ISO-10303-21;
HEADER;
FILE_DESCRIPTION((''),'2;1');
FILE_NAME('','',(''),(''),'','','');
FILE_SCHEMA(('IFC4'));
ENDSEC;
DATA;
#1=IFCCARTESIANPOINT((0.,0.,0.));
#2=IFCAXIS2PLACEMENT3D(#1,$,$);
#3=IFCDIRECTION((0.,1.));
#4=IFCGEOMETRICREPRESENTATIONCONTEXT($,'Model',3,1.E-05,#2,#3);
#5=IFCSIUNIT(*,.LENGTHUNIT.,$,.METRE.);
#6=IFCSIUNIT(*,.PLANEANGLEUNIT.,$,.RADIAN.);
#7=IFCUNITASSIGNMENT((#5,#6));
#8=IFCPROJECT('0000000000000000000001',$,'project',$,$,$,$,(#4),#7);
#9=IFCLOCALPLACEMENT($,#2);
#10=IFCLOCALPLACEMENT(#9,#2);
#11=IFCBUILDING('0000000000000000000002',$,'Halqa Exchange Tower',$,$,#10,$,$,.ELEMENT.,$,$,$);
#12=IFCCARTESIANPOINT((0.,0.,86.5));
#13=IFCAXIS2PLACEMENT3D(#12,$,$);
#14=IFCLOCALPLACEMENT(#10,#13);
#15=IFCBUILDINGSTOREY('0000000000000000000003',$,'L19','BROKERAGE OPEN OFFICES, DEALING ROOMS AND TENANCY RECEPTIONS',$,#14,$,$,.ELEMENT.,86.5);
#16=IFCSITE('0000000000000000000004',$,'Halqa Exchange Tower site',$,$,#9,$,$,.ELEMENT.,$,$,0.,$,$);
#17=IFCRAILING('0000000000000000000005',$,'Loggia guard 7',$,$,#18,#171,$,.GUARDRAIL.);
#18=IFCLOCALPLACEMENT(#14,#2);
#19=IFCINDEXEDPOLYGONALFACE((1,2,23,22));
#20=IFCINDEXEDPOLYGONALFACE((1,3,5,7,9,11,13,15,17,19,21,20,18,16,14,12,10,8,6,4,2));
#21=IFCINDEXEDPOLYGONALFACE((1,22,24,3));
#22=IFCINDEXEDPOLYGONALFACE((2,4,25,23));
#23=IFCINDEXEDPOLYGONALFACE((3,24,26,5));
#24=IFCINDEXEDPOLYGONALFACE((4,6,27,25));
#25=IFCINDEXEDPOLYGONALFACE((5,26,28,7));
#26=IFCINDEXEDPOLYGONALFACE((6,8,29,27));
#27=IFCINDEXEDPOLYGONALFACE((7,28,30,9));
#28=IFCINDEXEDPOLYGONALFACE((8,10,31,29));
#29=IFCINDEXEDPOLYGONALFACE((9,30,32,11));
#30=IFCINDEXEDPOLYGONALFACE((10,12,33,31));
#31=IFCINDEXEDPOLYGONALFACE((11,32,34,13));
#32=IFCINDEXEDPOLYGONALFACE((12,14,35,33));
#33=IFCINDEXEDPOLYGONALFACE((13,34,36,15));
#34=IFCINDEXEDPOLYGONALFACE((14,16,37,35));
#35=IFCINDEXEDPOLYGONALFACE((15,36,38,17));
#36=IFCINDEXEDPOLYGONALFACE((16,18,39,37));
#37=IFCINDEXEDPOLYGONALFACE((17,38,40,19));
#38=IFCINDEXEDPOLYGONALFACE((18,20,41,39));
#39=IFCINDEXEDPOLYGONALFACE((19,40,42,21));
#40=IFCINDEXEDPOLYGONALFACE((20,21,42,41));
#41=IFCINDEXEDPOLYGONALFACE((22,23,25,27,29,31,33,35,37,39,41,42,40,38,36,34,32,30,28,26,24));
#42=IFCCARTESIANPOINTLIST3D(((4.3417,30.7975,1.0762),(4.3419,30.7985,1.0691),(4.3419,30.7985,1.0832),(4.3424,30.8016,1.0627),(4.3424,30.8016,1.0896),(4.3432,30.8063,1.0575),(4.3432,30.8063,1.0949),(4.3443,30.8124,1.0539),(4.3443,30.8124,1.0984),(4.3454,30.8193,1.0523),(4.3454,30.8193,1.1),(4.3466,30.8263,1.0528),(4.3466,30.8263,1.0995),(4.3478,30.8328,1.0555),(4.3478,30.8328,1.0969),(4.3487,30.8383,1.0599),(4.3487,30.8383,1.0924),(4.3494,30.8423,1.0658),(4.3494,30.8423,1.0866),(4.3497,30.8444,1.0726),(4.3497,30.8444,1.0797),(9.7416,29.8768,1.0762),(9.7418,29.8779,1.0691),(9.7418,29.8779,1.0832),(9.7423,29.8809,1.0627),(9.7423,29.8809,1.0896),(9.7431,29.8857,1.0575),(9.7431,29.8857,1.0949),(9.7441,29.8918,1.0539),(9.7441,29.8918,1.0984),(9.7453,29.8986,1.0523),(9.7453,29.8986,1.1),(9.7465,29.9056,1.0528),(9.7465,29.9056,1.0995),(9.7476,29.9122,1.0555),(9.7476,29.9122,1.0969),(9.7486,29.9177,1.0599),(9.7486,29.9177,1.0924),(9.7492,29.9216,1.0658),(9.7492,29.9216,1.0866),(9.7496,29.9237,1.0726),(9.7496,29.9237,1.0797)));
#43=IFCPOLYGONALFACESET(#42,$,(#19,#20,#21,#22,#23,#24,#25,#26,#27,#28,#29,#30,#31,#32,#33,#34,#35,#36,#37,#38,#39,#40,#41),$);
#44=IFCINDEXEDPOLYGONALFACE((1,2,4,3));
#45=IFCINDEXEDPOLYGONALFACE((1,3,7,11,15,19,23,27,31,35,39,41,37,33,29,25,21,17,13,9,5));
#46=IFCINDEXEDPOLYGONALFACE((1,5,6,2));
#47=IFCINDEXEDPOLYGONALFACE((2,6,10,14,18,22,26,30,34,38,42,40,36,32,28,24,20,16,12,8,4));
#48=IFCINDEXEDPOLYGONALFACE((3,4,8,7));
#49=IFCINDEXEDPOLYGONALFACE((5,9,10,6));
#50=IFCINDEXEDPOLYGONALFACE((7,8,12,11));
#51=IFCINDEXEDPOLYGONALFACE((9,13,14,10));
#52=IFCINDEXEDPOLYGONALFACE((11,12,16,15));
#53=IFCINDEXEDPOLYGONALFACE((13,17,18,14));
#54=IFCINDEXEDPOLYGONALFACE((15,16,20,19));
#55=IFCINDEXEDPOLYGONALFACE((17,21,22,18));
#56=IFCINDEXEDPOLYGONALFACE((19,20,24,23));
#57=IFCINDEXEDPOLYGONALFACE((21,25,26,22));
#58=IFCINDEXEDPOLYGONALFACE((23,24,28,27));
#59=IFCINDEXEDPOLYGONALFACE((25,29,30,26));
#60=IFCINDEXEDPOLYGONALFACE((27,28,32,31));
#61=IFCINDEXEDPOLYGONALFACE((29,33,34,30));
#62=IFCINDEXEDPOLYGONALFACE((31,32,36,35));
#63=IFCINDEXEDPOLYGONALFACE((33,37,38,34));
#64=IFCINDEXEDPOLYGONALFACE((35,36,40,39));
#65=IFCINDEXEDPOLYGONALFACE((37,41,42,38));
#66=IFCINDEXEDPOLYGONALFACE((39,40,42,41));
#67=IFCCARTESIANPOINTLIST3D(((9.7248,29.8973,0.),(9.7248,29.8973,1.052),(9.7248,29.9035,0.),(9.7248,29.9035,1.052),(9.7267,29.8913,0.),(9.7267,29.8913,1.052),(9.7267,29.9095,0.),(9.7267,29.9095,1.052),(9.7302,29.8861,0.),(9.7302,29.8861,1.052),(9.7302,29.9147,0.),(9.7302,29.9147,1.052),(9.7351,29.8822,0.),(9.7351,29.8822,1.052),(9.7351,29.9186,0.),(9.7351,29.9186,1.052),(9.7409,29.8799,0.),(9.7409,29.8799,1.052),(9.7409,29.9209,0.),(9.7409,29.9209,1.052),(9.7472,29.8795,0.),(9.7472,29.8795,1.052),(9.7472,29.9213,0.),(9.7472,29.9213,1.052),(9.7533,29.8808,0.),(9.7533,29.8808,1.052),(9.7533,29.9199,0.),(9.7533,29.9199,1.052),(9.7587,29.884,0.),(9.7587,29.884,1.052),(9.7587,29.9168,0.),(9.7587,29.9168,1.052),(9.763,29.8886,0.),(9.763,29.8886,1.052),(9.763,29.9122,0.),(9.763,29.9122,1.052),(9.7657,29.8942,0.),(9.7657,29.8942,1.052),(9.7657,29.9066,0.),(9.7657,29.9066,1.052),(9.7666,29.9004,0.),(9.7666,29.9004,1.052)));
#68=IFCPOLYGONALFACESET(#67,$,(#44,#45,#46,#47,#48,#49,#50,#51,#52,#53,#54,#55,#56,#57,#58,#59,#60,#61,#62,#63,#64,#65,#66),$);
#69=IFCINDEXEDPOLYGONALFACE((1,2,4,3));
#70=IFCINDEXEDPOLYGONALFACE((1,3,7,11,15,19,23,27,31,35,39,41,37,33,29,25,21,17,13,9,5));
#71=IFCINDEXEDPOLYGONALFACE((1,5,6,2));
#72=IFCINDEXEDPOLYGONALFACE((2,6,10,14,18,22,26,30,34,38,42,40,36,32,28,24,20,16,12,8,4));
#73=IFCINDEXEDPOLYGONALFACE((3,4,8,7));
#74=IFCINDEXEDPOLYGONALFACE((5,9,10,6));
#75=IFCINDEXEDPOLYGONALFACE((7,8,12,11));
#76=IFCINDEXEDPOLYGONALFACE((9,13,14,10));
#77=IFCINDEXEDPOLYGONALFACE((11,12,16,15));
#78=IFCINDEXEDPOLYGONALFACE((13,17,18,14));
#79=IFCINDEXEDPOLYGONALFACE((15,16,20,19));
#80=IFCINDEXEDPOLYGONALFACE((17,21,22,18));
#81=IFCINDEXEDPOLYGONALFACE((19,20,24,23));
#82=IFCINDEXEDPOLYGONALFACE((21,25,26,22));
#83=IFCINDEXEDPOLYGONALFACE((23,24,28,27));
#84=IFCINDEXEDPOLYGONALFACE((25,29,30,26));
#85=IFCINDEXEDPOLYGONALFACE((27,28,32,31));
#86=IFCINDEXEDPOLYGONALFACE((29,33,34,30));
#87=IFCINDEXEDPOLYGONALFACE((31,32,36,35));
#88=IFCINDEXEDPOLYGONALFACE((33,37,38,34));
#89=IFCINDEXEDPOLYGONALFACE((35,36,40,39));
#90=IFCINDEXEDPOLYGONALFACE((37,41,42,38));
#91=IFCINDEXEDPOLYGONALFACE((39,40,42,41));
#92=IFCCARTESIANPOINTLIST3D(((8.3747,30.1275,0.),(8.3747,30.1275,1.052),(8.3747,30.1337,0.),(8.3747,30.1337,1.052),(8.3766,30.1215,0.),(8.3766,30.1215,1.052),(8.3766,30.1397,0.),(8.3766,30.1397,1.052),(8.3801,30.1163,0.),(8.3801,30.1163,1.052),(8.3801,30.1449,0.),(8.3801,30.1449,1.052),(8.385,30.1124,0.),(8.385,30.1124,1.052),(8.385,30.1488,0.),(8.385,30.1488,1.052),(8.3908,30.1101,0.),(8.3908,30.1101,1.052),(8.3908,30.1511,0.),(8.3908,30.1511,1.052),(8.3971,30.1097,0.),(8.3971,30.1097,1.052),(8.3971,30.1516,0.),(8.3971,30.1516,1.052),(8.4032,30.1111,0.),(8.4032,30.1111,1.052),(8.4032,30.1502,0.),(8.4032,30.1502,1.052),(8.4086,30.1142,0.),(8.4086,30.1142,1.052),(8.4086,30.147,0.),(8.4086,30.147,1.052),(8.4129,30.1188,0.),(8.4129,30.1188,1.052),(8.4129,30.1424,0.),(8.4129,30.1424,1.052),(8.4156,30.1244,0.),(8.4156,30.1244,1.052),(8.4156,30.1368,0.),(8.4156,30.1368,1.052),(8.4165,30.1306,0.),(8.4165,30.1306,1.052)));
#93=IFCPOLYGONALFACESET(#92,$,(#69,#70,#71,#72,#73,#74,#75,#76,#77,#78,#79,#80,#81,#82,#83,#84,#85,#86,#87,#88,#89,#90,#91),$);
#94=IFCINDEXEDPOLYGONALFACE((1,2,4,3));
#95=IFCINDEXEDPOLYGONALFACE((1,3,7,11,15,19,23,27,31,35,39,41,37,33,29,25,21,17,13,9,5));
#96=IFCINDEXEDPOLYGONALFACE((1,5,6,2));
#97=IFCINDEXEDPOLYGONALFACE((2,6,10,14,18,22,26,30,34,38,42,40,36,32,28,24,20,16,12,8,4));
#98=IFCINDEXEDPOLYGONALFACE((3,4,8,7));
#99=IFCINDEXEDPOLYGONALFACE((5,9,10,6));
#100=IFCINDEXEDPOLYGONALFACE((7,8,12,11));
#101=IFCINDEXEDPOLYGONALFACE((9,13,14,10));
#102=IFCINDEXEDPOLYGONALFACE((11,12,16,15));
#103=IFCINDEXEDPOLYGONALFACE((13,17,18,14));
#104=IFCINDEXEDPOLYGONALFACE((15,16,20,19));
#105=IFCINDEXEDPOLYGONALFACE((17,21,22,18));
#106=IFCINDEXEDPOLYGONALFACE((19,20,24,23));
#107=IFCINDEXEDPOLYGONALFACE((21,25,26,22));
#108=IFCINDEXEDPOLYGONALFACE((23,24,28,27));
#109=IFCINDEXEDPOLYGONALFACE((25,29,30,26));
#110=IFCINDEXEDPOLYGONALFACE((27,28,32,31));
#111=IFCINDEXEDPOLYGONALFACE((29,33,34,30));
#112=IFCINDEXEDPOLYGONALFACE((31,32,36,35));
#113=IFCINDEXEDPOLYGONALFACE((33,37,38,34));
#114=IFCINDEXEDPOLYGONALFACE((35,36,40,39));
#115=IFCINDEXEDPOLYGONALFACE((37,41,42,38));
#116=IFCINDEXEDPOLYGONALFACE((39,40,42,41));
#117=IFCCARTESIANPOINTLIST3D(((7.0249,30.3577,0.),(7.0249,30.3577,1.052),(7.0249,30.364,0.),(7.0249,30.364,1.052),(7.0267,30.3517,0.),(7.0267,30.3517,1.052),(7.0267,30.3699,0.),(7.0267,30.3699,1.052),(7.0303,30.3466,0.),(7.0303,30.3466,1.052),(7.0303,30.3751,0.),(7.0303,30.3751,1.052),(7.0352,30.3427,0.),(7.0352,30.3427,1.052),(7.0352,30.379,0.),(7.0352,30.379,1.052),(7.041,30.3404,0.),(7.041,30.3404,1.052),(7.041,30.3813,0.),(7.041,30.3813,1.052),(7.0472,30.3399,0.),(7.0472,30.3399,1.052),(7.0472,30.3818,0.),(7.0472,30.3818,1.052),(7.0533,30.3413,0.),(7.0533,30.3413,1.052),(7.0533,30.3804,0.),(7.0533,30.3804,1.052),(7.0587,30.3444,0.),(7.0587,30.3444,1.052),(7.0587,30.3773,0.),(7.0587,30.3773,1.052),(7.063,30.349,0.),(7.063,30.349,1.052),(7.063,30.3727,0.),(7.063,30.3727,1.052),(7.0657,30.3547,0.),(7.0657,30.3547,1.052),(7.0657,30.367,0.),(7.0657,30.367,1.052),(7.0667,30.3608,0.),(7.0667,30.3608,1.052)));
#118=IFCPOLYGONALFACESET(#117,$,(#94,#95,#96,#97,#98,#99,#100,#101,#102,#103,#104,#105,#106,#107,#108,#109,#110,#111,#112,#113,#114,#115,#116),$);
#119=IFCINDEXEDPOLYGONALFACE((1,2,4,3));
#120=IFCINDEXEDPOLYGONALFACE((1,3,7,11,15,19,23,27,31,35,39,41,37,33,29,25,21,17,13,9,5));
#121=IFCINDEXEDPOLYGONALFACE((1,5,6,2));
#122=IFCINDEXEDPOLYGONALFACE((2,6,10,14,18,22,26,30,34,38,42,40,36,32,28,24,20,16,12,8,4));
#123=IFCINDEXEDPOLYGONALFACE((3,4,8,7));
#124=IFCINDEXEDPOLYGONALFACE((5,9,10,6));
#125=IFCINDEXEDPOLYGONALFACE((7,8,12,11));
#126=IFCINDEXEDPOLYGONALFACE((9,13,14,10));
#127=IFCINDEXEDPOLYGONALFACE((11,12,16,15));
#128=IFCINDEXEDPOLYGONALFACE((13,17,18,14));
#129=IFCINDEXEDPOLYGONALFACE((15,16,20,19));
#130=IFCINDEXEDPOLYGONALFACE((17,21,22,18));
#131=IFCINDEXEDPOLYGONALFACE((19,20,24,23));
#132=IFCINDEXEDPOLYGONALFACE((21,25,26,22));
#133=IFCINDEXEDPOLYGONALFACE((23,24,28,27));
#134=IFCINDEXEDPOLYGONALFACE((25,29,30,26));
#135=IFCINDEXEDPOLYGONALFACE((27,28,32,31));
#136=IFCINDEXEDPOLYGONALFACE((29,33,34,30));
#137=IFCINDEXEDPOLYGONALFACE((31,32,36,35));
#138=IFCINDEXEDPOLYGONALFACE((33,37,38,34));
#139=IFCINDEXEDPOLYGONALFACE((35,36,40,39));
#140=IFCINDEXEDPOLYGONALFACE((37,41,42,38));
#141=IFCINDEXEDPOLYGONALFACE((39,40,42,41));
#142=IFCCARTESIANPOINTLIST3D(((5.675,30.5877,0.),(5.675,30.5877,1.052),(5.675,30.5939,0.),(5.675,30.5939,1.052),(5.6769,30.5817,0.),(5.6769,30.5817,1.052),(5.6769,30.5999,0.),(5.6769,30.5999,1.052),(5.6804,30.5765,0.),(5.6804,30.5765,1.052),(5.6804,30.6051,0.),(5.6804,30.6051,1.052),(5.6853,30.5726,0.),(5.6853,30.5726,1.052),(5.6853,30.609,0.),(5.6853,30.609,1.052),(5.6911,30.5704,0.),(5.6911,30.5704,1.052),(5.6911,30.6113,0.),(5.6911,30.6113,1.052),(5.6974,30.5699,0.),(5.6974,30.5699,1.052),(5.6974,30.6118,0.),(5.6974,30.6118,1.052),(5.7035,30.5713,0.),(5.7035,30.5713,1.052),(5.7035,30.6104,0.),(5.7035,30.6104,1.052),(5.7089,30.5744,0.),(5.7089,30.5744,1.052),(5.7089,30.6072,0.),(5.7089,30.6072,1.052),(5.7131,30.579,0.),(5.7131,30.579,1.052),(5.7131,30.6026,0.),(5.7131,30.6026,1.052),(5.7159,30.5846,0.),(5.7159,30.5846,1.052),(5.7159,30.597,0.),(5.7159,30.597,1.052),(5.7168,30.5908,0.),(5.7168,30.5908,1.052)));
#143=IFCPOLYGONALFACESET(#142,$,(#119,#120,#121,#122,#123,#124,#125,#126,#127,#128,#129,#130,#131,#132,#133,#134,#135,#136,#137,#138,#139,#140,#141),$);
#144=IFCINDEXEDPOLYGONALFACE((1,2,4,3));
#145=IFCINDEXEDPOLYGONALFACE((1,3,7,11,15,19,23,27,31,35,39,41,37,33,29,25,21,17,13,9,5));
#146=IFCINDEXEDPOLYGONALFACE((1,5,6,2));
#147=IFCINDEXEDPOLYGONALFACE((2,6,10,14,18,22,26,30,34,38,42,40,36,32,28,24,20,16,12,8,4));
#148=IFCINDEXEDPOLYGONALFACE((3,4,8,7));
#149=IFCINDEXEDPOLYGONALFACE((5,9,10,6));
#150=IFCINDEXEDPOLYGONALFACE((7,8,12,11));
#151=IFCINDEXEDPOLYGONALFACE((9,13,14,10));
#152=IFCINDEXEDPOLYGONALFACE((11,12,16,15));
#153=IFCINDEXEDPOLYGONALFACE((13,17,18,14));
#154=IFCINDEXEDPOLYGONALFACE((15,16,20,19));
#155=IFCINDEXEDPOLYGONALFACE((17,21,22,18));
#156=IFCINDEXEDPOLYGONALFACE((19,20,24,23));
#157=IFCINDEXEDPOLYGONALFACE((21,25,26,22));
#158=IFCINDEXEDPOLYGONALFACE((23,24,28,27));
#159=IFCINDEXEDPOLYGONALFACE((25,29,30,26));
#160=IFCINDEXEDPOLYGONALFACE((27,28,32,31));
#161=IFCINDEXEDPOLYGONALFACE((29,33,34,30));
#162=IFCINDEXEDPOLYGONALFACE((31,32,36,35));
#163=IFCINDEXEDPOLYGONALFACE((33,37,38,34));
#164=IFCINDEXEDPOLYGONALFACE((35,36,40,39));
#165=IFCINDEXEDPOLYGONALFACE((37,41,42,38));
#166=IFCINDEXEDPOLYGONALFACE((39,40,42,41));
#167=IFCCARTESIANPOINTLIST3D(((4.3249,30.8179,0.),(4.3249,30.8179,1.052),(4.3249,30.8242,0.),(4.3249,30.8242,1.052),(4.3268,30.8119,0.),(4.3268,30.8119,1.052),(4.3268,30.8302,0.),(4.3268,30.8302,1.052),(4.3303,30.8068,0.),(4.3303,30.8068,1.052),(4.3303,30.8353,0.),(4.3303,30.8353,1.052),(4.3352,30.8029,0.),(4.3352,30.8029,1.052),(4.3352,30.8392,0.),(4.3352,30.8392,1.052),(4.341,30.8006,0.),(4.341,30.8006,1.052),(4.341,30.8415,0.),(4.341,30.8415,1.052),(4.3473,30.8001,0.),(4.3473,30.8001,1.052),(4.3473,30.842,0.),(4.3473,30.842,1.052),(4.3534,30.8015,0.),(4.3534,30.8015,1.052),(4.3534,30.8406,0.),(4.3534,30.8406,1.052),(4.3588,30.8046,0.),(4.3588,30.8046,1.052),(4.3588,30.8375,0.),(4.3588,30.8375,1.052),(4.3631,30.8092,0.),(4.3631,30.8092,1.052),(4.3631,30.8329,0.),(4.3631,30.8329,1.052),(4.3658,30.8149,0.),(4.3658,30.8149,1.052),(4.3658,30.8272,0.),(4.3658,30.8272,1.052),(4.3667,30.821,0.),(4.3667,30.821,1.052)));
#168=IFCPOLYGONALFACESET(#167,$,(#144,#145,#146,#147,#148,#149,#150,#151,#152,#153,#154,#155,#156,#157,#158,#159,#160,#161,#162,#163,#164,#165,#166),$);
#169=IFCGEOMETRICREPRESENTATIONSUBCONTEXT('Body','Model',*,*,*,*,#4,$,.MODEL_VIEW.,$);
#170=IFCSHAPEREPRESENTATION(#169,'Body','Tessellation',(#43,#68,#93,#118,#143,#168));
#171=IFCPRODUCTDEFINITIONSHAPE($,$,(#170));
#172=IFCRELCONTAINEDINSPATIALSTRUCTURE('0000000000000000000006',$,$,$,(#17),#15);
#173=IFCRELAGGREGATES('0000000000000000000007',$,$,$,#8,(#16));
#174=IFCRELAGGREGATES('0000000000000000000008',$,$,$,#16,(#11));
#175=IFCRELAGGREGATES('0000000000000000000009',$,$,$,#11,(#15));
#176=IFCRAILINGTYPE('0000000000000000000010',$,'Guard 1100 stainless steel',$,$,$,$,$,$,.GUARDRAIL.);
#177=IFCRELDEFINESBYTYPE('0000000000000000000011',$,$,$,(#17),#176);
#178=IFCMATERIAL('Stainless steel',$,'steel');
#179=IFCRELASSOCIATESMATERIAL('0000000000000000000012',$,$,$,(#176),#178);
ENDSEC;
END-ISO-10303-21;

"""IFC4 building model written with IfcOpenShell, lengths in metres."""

from ifc_helpers import new_model, si_unit, direction, frame, origin, origin_2d, place, context, subcontext, project, spatial, circle, extrude, material, type_object, element, save


model = new_model("IFC4")

# Units and contexts
model_context = context("Model", 3, precision=1e-05, world=origin(), true_north=direction((0.0, 1.0)))
body_context = subcontext(model_context, "Body", "Model", "MODEL_VIEW")
ifc_project = project(units=[si_unit("LENGTHUNIT", "METRE"), si_unit("PLANEANGLEUNIT", "RADIAN")], contexts=[model_context])

# Site, building, storey
site_placement = place(None, origin())
site = spatial("IfcSite", under=ifc_project, at=site_placement, Name="Halqa Exchange Tower site", CompositionType="ELEMENT", RefElevation=0.0)
building_placement = place(site_placement, origin())
building = spatial("IfcBuilding", under=site, at=building_placement, Name="Halqa Exchange Tower", CompositionType="ELEMENT")
storey_placement = place(building_placement, frame((0.0, 0.0, 86.5)))
storey = spatial("IfcBuildingStorey", under=building, at=storey_placement, Name="L19", Description="BROKERAGE OPEN OFFICES, DEALING ROOMS AND TENANCY RECEPTIONS", CompositionType="ELEMENT", Elevation=86.5)

# Railing
ifc_material_1 = material(Name="Stainless steel", Category="steel")
railing_type_1 = type_object("IfcRailingType", Name="Guard 1100 stainless steel", PredefinedType="GUARDRAIL", material=ifc_material_1)
railing_1_placement = place(storey_placement, frame((9.7456, 29.9004, 0.0)))
element("IfcRailing", 1, at=railing_1_placement, inside=storey, type_object=railing_type_1, Name="Loggia guard 7", PredefinedType="GUARDRAIL", context=body_context, shape_type="SweptSolid", body=[
    extrude(circle(Radius=0.0239, at=origin_2d()), frame((0.0, 0.0, 1.0762), z_axis=(-0.985775, 0.168069, 0.0), x_axis=(-0.168069, -0.985775, 0.0)), (0.0, 0.0, 1.0), 5.4778),
    extrude(circle(Radius=0.021, at=origin_2d()), origin(), (0.0, 0.0, 1.0), 1.052),
    extrude(circle(Radius=0.021, at=origin_2d()), frame((-1.3501, 0.2302, 0.0)), (0.0, 0.0, 1.0), 1.052),
    extrude(circle(Radius=0.021, at=origin_2d()), frame((-2.7, 0.4604, 0.0)), (0.0, 0.0, 1.0), 1.052),
    extrude(circle(Radius=0.021, at=origin_2d()), frame((-4.0498, 0.6904, 0.0)), (0.0, 0.0, 1.0), 1.052),
    extrude(circle(Radius=0.021, at=origin_2d()), frame((-5.3999, 0.9207, 0.0)), (0.0, 0.0, 1.0), 1.052),
])

save(model, "model.ifc")
